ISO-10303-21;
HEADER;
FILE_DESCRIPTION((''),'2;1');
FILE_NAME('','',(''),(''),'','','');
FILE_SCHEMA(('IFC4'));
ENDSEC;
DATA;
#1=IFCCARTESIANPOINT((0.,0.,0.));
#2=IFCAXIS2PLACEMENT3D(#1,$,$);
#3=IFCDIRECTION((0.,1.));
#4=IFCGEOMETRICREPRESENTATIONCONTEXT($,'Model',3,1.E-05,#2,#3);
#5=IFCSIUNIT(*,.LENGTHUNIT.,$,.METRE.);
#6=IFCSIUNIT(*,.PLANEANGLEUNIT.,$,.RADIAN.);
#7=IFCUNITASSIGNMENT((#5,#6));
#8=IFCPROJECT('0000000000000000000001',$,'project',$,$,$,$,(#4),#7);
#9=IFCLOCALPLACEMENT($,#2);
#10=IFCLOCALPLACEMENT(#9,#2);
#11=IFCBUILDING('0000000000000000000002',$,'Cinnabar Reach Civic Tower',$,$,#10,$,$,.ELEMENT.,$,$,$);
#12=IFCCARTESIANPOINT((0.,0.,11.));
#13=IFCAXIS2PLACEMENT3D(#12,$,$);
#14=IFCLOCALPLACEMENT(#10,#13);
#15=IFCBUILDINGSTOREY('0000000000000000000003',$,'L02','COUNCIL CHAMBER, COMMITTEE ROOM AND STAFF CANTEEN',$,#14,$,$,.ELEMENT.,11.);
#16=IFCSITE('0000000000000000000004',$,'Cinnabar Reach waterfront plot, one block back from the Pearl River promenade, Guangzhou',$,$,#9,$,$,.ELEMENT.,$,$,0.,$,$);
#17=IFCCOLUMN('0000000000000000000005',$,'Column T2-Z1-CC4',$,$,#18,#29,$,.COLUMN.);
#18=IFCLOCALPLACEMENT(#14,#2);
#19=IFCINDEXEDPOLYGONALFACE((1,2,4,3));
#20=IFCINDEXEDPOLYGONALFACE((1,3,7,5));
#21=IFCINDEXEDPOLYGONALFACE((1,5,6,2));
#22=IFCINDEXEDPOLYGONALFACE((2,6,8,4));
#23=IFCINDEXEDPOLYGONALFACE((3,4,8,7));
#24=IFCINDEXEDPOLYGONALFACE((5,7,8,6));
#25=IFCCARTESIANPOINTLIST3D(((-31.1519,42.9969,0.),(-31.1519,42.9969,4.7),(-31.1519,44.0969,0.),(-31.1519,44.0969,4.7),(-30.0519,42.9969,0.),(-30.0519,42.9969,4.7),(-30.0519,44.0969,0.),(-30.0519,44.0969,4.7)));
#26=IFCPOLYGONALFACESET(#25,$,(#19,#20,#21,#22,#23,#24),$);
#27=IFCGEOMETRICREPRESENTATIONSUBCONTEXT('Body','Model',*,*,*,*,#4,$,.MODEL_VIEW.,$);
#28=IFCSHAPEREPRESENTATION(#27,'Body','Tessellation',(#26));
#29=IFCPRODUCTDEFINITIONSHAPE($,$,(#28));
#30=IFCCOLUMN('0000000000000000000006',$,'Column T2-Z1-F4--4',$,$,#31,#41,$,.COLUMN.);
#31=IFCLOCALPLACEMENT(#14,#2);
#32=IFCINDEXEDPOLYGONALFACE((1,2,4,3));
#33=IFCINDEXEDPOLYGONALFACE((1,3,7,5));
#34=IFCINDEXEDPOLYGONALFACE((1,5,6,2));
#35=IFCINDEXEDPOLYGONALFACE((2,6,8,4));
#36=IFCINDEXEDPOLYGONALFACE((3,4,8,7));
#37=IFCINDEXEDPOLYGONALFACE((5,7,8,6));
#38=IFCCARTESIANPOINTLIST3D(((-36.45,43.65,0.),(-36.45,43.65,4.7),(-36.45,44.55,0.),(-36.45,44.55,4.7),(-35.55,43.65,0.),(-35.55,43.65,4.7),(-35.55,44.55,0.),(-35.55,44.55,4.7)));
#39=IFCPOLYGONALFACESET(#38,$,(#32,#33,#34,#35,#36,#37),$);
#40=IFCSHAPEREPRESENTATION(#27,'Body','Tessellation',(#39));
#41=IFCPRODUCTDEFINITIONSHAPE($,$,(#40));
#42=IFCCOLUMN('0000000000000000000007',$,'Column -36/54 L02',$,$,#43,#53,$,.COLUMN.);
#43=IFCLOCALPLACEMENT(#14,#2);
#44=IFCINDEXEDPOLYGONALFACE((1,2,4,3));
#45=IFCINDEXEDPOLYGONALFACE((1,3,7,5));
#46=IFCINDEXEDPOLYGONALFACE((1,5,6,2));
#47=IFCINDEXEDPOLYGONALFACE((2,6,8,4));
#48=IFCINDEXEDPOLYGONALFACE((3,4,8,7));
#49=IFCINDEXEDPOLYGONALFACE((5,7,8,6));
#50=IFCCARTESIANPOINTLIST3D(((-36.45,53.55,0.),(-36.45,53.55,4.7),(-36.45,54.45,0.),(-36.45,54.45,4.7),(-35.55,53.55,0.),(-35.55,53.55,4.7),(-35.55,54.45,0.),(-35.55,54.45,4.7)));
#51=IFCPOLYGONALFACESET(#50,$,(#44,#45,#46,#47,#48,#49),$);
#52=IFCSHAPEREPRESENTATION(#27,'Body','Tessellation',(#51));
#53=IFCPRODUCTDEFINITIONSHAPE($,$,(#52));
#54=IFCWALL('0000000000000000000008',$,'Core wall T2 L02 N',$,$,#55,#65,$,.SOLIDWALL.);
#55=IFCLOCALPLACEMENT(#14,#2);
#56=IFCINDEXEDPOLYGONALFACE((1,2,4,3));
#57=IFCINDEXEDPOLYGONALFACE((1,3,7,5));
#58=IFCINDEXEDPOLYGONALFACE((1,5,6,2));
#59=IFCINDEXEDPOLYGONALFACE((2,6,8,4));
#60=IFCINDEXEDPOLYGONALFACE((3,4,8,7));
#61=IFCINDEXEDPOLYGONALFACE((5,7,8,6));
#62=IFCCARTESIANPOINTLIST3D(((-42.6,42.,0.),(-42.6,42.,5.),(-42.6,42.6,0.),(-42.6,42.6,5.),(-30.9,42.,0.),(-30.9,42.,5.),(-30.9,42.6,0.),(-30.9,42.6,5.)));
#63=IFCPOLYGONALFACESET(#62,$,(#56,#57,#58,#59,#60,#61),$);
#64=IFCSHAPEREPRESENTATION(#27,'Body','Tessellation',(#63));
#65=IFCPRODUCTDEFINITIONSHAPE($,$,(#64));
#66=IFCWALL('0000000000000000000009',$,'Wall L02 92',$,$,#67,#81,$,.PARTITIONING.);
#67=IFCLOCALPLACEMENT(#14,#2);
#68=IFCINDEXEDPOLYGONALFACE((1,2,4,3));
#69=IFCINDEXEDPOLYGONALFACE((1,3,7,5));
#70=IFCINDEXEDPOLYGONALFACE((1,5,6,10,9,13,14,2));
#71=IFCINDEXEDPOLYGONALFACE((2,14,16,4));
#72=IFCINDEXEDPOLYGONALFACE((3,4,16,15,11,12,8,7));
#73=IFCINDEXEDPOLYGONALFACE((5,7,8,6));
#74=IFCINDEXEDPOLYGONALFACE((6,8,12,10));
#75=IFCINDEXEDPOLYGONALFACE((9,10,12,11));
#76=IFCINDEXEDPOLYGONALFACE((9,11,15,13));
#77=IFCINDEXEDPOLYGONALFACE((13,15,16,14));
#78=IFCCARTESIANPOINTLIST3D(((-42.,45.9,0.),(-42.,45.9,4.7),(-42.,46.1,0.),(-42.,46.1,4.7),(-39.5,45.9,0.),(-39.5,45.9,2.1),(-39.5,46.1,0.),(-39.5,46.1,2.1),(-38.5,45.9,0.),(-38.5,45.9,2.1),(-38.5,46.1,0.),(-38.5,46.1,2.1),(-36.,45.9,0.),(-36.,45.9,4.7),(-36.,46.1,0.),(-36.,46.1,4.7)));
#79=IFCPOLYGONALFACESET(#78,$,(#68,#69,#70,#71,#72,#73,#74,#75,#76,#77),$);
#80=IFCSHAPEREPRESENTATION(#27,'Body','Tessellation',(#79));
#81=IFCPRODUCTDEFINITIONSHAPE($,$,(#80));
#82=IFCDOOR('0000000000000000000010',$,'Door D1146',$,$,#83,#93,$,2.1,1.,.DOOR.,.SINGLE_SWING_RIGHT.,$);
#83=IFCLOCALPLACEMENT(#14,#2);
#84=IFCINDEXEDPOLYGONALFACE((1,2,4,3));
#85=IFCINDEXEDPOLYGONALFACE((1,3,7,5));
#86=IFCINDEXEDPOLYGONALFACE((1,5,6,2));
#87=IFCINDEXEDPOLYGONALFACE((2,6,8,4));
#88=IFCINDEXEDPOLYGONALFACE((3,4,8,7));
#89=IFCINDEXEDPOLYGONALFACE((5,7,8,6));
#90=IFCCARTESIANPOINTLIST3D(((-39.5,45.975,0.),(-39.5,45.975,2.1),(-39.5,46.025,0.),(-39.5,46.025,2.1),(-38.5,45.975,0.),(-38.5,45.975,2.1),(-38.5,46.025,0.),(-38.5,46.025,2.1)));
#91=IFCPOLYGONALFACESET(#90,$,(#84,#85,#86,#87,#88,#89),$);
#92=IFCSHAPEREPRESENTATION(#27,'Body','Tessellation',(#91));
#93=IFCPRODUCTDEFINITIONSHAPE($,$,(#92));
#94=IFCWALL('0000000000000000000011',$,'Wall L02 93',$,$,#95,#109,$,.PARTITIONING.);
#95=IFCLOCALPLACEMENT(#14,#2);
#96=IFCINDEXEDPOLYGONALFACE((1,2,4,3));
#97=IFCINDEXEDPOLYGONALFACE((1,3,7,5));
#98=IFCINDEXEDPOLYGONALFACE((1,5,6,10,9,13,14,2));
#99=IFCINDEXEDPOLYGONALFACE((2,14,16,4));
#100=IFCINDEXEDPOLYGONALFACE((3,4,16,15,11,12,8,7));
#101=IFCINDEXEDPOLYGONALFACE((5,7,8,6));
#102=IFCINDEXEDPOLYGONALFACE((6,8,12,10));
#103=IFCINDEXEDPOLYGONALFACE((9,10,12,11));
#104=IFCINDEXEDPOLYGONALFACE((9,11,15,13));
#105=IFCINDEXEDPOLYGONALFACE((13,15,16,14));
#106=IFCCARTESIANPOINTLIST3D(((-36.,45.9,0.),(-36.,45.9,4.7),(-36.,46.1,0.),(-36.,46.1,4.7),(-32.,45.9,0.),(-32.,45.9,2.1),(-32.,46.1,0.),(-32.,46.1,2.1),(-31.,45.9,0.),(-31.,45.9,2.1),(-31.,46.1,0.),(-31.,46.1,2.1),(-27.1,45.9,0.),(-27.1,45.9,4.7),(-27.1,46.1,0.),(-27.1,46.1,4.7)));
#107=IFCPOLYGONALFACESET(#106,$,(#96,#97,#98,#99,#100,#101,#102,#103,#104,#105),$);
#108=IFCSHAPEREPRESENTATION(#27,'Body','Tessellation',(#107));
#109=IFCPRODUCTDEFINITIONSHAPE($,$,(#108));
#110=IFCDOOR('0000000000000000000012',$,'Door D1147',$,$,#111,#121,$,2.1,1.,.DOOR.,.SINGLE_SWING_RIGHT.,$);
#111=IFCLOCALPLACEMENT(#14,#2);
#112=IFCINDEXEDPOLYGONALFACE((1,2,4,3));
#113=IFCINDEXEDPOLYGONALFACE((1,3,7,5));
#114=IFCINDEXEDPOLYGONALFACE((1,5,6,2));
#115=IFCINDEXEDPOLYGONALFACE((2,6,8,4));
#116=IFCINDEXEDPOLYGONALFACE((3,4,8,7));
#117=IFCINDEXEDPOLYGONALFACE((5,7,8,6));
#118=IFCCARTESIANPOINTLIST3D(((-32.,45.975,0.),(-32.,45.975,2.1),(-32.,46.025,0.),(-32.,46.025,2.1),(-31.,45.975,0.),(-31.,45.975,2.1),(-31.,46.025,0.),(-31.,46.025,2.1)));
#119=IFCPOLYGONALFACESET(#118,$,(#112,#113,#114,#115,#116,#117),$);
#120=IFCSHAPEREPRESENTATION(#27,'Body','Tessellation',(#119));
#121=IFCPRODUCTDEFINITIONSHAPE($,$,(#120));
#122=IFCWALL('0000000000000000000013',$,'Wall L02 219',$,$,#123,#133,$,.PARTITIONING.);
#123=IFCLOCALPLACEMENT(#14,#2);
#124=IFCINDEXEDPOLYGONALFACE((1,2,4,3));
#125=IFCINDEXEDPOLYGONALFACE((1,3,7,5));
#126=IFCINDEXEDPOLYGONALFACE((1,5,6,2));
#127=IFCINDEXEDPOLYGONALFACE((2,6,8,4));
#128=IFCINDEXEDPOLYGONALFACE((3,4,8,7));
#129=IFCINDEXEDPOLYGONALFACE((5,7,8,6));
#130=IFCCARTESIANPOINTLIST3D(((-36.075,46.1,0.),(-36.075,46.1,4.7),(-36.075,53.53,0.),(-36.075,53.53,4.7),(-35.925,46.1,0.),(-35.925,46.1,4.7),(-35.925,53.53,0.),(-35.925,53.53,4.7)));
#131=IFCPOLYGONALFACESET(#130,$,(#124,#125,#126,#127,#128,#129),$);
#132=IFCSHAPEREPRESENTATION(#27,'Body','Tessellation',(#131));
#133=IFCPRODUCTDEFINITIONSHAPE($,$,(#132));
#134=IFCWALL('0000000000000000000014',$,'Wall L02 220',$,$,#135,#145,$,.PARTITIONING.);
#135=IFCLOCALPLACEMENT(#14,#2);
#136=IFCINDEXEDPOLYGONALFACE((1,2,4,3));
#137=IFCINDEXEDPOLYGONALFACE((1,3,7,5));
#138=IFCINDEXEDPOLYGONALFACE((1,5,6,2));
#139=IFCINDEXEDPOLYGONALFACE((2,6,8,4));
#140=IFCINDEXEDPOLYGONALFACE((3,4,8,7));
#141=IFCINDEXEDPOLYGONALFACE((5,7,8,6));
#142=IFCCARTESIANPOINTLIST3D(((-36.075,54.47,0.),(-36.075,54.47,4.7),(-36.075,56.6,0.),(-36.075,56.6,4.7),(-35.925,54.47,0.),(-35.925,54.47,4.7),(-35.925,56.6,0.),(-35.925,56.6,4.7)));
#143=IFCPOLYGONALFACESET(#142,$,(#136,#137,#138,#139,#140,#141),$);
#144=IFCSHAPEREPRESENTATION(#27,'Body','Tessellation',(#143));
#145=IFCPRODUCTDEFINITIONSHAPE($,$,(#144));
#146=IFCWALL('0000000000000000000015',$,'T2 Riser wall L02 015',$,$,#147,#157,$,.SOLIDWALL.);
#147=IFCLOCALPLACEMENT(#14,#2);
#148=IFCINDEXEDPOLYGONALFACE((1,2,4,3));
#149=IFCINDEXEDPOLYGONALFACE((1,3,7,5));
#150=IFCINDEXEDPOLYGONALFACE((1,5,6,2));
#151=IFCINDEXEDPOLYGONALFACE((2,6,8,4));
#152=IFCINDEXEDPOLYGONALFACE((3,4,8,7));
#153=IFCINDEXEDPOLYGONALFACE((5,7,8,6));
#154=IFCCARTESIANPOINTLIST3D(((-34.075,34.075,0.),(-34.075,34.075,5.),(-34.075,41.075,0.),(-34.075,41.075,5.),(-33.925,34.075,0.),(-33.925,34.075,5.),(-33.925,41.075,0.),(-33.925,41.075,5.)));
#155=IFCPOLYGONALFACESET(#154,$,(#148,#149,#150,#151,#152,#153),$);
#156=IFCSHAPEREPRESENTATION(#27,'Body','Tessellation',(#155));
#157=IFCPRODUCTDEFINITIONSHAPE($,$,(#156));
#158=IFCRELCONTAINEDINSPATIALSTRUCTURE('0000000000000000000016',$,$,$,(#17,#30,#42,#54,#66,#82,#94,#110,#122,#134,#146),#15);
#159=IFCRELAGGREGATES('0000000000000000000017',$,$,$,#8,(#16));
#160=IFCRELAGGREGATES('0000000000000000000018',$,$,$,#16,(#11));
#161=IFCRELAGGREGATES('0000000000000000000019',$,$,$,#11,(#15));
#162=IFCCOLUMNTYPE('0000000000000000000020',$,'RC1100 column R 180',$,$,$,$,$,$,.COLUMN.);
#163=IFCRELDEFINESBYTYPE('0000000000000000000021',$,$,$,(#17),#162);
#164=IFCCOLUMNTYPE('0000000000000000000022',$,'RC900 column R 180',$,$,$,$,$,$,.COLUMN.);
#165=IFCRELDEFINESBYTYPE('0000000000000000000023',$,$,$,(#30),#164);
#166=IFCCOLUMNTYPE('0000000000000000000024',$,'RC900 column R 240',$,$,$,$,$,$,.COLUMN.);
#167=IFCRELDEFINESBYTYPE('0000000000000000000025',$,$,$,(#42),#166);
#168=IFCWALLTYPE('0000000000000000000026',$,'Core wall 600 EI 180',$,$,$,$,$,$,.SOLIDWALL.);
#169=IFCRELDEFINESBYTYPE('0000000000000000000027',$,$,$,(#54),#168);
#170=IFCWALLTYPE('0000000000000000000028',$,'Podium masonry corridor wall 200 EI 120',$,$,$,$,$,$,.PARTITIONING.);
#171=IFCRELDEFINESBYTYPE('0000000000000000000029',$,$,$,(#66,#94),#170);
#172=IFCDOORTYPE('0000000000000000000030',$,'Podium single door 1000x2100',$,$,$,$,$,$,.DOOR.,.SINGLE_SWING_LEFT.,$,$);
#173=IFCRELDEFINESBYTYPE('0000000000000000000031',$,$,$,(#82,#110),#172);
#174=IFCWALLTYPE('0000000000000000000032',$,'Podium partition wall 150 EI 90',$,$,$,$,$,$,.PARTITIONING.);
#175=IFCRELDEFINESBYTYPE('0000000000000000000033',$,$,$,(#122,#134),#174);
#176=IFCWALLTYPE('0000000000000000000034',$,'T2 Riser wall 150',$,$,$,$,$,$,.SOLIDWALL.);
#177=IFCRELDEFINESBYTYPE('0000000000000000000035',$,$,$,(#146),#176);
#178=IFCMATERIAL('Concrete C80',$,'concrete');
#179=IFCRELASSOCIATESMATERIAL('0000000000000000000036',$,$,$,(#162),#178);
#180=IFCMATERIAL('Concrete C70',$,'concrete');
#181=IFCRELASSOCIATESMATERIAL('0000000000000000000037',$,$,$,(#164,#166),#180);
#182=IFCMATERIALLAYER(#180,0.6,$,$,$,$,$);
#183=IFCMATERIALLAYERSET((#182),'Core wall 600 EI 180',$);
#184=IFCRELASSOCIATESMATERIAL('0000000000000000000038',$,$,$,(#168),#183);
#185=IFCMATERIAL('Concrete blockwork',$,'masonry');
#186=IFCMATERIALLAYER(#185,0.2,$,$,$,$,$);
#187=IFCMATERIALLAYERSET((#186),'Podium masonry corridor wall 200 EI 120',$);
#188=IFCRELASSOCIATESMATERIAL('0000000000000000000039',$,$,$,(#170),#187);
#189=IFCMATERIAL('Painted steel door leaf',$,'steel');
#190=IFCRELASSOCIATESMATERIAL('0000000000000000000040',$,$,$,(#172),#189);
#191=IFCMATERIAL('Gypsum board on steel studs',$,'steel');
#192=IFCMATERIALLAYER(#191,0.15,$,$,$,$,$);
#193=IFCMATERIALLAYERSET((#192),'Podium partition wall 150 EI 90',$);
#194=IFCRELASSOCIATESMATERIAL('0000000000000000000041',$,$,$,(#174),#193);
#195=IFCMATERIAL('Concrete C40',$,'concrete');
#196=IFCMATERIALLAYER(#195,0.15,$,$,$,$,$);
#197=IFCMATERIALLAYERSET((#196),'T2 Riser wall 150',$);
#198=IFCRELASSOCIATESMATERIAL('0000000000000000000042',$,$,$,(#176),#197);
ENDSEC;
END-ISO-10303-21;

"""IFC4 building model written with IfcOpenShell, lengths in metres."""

from ifc_helpers import new_model, si_unit, direction, frame, frame_2d, origin, origin_2d, place, context, subcontext, project, spatial, rectangle, extrude, material, layer, layer_set, material_profile, profile_set, type_object, element, fill, save


model = new_model("IFC4")

# Units and contexts
model_context = context("Model", 3, precision=1e-05, world=origin(), true_north=direction((0.0, 1.0)))
body_context = subcontext(model_context, "Body", "Model", "MODEL_VIEW")
ifc_project = project(units=[si_unit("LENGTHUNIT", "METRE"), si_unit("PLANEANGLEUNIT", "RADIAN")], contexts=[model_context])

# Site, building, storey
site_placement = place(None, origin())
site = spatial("IfcSite", under=ifc_project, at=site_placement, Name="Cinnabar Reach waterfront plot, one block back from the Pearl River promenade, Guangzhou", CompositionType="ELEMENT", RefElevation=0.0)
building_placement = place(site_placement, origin())
building = spatial("IfcBuilding", under=site, at=building_placement, Name="Cinnabar Reach Civic Tower", CompositionType="ELEMENT")
storey_placement = place(building_placement, frame((0.0, 0.0, 11.0)))
storey = spatial("IfcBuildingStorey", under=building, at=storey_placement, Name="L02", Description="COUNCIL CHAMBER, COMMITTEE ROOM AND STAFF CANTEEN", CompositionType="ELEMENT", Elevation=11.0)

# Columns
ifc_material_1 = material(Name="Concrete C80", Category="concrete")
ifc_material_profile_1 = material_profile(ifc_material_1, rectangle(XDim=1.1, YDim=1.1, at=origin_2d()), Name="RC1100")
ifc_profile_set_1 = profile_set([ifc_material_profile_1], Name="Concrete C80")
column_type_1 = type_object("IfcColumnType", Name="RC1100 column R 180", PredefinedType="COLUMN", material=ifc_profile_set_1)
column_1_placement = place(storey_placement, frame((-30.6019, 43.5469, 0.0), z_axis=(0.0, 0.0, 1.0), x_axis=(1.0, 0.0, 0.0)))
element("IfcColumn", 1, at=column_1_placement, inside=storey, type_object=column_type_1, Name="Column T2-Z1-CC4", PredefinedType="COLUMN", context=body_context, shape_type="SweptSolid", body=[
    extrude(rectangle(XDim=1.1, YDim=1.1, at=origin_2d()), origin(), (0.0, 0.0, 1.0), 4.7),
])
ifc_material_2 = material(Name="Concrete C70", Category="concrete")
ifc_material_profile_2 = material_profile(ifc_material_2, rectangle(XDim=0.9, YDim=0.9, at=origin_2d()), Name="RC900")
ifc_profile_set_2 = profile_set([ifc_material_profile_2], Name="Concrete C70")
column_type_2 = type_object("IfcColumnType", Name="RC900 column R 180", PredefinedType="COLUMN", material=ifc_profile_set_2)
column_2_placement = place(storey_placement, frame((-36.0, 44.1, 0.0), z_axis=(0.0, 0.0, 1.0), x_axis=(1.0, 0.0, 0.0)))
element("IfcColumn", 2, at=column_2_placement, inside=storey, type_object=column_type_2, Name="Column T2-Z1-F4--4", PredefinedType="COLUMN", context=body_context, shape_type="SweptSolid", body=[
    extrude(rectangle(XDim=0.9, YDim=0.9, at=origin_2d()), origin(), (0.0, 0.0, 1.0), 4.7),
])
ifc_material_profile_3 = material_profile(ifc_material_2, rectangle(XDim=0.9, YDim=0.9, at=origin_2d()), Name="RC900")
ifc_profile_set_3 = profile_set([ifc_material_profile_3], Name="Concrete C70")
column_type_3 = type_object("IfcColumnType", Name="RC900 column R 240", PredefinedType="COLUMN", material=ifc_profile_set_3)
column_3_placement = place(storey_placement, frame((-36.0, 54.0, 0.0), z_axis=(0.0, 0.0, 1.0), x_axis=(1.0, 0.0, 0.0)))
element("IfcColumn", 3, at=column_3_placement, inside=storey, type_object=column_type_3, Name="Column -36/54 L02", PredefinedType="COLUMN", context=body_context, shape_type="SweptSolid", body=[
    extrude(rectangle(XDim=0.9, YDim=0.9, at=origin_2d()), origin(), (0.0, 0.0, 1.0), 4.7),
])

# Wall
ifc_layer_1 = layer(ifc_material_2, 0.6)
ifc_layer_set_1 = layer_set([ifc_layer_1], Name="Core wall 600 EI 180")
wall_type_1 = type_object("IfcWallType", Name="Core wall 600 EI 180", PredefinedType="SOLIDWALL", material=ifc_layer_set_1)
wall_1_placement = place(storey_placement, frame((-30.9, 42.3, 0.0), z_axis=(0.0, 0.0, 1.0), x_axis=(-1.0, 0.0, 0.0)))
element("IfcWall", 4, at=wall_1_placement, inside=storey, type_object=wall_type_1, Name="Core wall T2 L02 N", PredefinedType="SOLIDWALL", context=body_context, shape_type="SweptSolid", body=[
    extrude(rectangle(XDim=11.7, YDim=0.6, at=frame_2d((5.85, 0.0))), origin(), (0.0, 0.0, 1.0), 5.0),
])

# Walls, openings, doors
ifc_material_3 = material(Name="Concrete blockwork", Category="masonry")
ifc_layer_2 = layer(ifc_material_3, 0.2)
ifc_layer_set_2 = layer_set([ifc_layer_2], Name="Podium masonry corridor wall 200 EI 120")
wall_type_2 = type_object("IfcWallType", Name="Podium masonry corridor wall 200 EI 120", PredefinedType="PARTITIONING", material=ifc_layer_set_2)
wall_2_placement = place(storey_placement, frame((-42.0, 46.0, 0.0), z_axis=(0.0, 0.0, 1.0), x_axis=(1.0, 0.0, 0.0)))
wall_2 = element("IfcWall", 5, at=wall_2_placement, inside=storey, type_object=wall_type_2, Name="Wall L02 92", PredefinedType="PARTITIONING", context=body_context, shape_type="SweptSolid", body=[
    extrude(rectangle(XDim=6.0, YDim=0.2, at=frame_2d((3.0, 0.0))), origin(), (0.0, 0.0, 1.0), 4.7),
])
opening_1_placement = place(wall_2_placement, frame((2.5, 0.0, 0.0)))
opening_1 = element("IfcOpeningElement", 6, at=opening_1_placement, cuts=wall_2, PredefinedType="OPENING", context=body_context, shape_type="SweptSolid", body=[
    extrude(rectangle(XDim=1.0, YDim=2.1, at=frame_2d((0.5, 1.05))), frame((0.0, 0.11, 0.0), z_axis=(0.0, -1.0, 0.0), x_axis=(1.0, 0.0, 0.0)), (0.0, 0.0, 1.0), 0.22),
])
ifc_material_4 = material(Name="Painted steel door leaf", Category="steel")
door_type = type_object("IfcDoorType", Name="Podium single door 1000x2100", OperationType="SINGLE_SWING_LEFT", PredefinedType="DOOR", material=ifc_material_4)
door_1_placement = place(opening_1_placement, origin())
door_1 = element("IfcDoor", 7, at=door_1_placement, inside=storey, type_object=door_type, Name="Door D1146", OperationType="SINGLE_SWING_RIGHT", OverallHeight=2.1, OverallWidth=1.0, PredefinedType="DOOR", context=body_context, shape_type="SweptSolid", body=[
    extrude(rectangle(XDim=1.0, YDim=2.1, at=frame_2d((0.5, 1.05))), frame((0.0, 0.025, 0.0), z_axis=(0.0, -1.0, 0.0), x_axis=(1.0, 0.0, 0.0)), (0.0, 0.0, 1.0), 0.05),
])
fill(opening_1, door_1)
wall_3_placement = place(storey_placement, frame((-36.0, 46.0, 0.0), z_axis=(0.0, 0.0, 1.0), x_axis=(1.0, 0.0, 0.0)))
wall_3 = element("IfcWall", 8, at=wall_3_placement, inside=storey, type_object=wall_type_2, Name="Wall L02 93", PredefinedType="PARTITIONING", context=body_context, shape_type="SweptSolid", body=[
    extrude(rectangle(XDim=8.9, YDim=0.2, at=frame_2d((4.45, 0.0))), origin(), (0.0, 0.0, 1.0), 4.7),
])
opening_2_placement = place(wall_3_placement, frame((4.0, 0.0, 0.0)))
opening_2 = element("IfcOpeningElement", 9, at=opening_2_placement, cuts=wall_3, PredefinedType="OPENING", context=body_context, shape_type="SweptSolid", body=[
    extrude(rectangle(XDim=1.0, YDim=2.1, at=frame_2d((0.5, 1.05))), frame((0.0, 0.11, 0.0), z_axis=(0.0, -1.0, 0.0), x_axis=(1.0, 0.0, 0.0)), (0.0, 0.0, 1.0), 0.22),
])
door_2_placement = place(opening_2_placement, origin())
door_2 = element("IfcDoor", 10, at=door_2_placement, inside=storey, type_object=door_type, Name="Door D1147", OperationType="SINGLE_SWING_RIGHT", OverallHeight=2.1, OverallWidth=1.0, PredefinedType="DOOR", context=body_context, shape_type="SweptSolid", body=[
    extrude(rectangle(XDim=1.0, YDim=2.1, at=frame_2d((0.5, 1.05))), frame((0.0, 0.025, 0.0), z_axis=(0.0, -1.0, 0.0), x_axis=(1.0, 0.0, 0.0)), (0.0, 0.0, 1.0), 0.05),
])
fill(opening_2, door_2)

# Walls
ifc_material_5 = material(Name="Gypsum board on steel studs", Category="steel")
ifc_layer_3 = layer(ifc_material_5, 0.15)
ifc_layer_set_3 = layer_set([ifc_layer_3], Name="Podium partition wall 150 EI 90")
wall_type_3 = type_object("IfcWallType", Name="Podium partition wall 150 EI 90", PredefinedType="PARTITIONING", material=ifc_layer_set_3)
wall_4_placement = place(storey_placement, frame((-36.0, 46.1, 0.0), z_axis=(0.0, 0.0, 1.0), x_axis=(0.0, 1.0, 0.0)))
element("IfcWall", 11, at=wall_4_placement, inside=storey, type_object=wall_type_3, Name="Wall L02 219", PredefinedType="PARTITIONING", context=body_context, shape_type="SweptSolid", body=[
    extrude(rectangle(XDim=7.43, YDim=0.15, at=frame_2d((3.715, 0.0))), origin(), (0.0, 0.0, 1.0), 4.7),
])
wall_5_placement = place(storey_placement, frame((-36.0, 54.47, 0.0), z_axis=(0.0, 0.0, 1.0), x_axis=(0.0, 1.0, 0.0)))
element("IfcWall", 12, at=wall_5_placement, inside=storey, type_object=wall_type_3, Name="Wall L02 220", PredefinedType="PARTITIONING", context=body_context, shape_type="SweptSolid", body=[
    extrude(rectangle(XDim=2.13, YDim=0.15, at=frame_2d((1.065, 0.0))), origin(), (0.0, 0.0, 1.0), 4.7),
])
ifc_material_6 = material(Name="Concrete C40", Category="concrete")
ifc_layer_4 = layer(ifc_material_6, 0.15)
ifc_layer_set_4 = layer_set([ifc_layer_4], Name="T2 Riser wall 150")
wall_type_4 = type_object("IfcWallType", Name="T2 Riser wall 150", PredefinedType="SOLIDWALL", material=ifc_layer_set_4)
wall_6_placement = place(storey_placement, frame((-34.0, 41.075, 0.0), z_axis=(0.0, 0.0, 1.0), x_axis=(0.0, -1.0, 0.0)))
element("IfcWall", 13, at=wall_6_placement, inside=storey, type_object=wall_type_4, Name="T2 Riser wall L02 015", PredefinedType="SOLIDWALL", context=body_context, shape_type="SweptSolid", body=[
    extrude(rectangle(XDim=7.0, YDim=0.15, at=frame_2d((3.5, 0.0))), origin(), (0.0, 0.0, 1.0), 5.0),
])

save(model, "model.ifc")
